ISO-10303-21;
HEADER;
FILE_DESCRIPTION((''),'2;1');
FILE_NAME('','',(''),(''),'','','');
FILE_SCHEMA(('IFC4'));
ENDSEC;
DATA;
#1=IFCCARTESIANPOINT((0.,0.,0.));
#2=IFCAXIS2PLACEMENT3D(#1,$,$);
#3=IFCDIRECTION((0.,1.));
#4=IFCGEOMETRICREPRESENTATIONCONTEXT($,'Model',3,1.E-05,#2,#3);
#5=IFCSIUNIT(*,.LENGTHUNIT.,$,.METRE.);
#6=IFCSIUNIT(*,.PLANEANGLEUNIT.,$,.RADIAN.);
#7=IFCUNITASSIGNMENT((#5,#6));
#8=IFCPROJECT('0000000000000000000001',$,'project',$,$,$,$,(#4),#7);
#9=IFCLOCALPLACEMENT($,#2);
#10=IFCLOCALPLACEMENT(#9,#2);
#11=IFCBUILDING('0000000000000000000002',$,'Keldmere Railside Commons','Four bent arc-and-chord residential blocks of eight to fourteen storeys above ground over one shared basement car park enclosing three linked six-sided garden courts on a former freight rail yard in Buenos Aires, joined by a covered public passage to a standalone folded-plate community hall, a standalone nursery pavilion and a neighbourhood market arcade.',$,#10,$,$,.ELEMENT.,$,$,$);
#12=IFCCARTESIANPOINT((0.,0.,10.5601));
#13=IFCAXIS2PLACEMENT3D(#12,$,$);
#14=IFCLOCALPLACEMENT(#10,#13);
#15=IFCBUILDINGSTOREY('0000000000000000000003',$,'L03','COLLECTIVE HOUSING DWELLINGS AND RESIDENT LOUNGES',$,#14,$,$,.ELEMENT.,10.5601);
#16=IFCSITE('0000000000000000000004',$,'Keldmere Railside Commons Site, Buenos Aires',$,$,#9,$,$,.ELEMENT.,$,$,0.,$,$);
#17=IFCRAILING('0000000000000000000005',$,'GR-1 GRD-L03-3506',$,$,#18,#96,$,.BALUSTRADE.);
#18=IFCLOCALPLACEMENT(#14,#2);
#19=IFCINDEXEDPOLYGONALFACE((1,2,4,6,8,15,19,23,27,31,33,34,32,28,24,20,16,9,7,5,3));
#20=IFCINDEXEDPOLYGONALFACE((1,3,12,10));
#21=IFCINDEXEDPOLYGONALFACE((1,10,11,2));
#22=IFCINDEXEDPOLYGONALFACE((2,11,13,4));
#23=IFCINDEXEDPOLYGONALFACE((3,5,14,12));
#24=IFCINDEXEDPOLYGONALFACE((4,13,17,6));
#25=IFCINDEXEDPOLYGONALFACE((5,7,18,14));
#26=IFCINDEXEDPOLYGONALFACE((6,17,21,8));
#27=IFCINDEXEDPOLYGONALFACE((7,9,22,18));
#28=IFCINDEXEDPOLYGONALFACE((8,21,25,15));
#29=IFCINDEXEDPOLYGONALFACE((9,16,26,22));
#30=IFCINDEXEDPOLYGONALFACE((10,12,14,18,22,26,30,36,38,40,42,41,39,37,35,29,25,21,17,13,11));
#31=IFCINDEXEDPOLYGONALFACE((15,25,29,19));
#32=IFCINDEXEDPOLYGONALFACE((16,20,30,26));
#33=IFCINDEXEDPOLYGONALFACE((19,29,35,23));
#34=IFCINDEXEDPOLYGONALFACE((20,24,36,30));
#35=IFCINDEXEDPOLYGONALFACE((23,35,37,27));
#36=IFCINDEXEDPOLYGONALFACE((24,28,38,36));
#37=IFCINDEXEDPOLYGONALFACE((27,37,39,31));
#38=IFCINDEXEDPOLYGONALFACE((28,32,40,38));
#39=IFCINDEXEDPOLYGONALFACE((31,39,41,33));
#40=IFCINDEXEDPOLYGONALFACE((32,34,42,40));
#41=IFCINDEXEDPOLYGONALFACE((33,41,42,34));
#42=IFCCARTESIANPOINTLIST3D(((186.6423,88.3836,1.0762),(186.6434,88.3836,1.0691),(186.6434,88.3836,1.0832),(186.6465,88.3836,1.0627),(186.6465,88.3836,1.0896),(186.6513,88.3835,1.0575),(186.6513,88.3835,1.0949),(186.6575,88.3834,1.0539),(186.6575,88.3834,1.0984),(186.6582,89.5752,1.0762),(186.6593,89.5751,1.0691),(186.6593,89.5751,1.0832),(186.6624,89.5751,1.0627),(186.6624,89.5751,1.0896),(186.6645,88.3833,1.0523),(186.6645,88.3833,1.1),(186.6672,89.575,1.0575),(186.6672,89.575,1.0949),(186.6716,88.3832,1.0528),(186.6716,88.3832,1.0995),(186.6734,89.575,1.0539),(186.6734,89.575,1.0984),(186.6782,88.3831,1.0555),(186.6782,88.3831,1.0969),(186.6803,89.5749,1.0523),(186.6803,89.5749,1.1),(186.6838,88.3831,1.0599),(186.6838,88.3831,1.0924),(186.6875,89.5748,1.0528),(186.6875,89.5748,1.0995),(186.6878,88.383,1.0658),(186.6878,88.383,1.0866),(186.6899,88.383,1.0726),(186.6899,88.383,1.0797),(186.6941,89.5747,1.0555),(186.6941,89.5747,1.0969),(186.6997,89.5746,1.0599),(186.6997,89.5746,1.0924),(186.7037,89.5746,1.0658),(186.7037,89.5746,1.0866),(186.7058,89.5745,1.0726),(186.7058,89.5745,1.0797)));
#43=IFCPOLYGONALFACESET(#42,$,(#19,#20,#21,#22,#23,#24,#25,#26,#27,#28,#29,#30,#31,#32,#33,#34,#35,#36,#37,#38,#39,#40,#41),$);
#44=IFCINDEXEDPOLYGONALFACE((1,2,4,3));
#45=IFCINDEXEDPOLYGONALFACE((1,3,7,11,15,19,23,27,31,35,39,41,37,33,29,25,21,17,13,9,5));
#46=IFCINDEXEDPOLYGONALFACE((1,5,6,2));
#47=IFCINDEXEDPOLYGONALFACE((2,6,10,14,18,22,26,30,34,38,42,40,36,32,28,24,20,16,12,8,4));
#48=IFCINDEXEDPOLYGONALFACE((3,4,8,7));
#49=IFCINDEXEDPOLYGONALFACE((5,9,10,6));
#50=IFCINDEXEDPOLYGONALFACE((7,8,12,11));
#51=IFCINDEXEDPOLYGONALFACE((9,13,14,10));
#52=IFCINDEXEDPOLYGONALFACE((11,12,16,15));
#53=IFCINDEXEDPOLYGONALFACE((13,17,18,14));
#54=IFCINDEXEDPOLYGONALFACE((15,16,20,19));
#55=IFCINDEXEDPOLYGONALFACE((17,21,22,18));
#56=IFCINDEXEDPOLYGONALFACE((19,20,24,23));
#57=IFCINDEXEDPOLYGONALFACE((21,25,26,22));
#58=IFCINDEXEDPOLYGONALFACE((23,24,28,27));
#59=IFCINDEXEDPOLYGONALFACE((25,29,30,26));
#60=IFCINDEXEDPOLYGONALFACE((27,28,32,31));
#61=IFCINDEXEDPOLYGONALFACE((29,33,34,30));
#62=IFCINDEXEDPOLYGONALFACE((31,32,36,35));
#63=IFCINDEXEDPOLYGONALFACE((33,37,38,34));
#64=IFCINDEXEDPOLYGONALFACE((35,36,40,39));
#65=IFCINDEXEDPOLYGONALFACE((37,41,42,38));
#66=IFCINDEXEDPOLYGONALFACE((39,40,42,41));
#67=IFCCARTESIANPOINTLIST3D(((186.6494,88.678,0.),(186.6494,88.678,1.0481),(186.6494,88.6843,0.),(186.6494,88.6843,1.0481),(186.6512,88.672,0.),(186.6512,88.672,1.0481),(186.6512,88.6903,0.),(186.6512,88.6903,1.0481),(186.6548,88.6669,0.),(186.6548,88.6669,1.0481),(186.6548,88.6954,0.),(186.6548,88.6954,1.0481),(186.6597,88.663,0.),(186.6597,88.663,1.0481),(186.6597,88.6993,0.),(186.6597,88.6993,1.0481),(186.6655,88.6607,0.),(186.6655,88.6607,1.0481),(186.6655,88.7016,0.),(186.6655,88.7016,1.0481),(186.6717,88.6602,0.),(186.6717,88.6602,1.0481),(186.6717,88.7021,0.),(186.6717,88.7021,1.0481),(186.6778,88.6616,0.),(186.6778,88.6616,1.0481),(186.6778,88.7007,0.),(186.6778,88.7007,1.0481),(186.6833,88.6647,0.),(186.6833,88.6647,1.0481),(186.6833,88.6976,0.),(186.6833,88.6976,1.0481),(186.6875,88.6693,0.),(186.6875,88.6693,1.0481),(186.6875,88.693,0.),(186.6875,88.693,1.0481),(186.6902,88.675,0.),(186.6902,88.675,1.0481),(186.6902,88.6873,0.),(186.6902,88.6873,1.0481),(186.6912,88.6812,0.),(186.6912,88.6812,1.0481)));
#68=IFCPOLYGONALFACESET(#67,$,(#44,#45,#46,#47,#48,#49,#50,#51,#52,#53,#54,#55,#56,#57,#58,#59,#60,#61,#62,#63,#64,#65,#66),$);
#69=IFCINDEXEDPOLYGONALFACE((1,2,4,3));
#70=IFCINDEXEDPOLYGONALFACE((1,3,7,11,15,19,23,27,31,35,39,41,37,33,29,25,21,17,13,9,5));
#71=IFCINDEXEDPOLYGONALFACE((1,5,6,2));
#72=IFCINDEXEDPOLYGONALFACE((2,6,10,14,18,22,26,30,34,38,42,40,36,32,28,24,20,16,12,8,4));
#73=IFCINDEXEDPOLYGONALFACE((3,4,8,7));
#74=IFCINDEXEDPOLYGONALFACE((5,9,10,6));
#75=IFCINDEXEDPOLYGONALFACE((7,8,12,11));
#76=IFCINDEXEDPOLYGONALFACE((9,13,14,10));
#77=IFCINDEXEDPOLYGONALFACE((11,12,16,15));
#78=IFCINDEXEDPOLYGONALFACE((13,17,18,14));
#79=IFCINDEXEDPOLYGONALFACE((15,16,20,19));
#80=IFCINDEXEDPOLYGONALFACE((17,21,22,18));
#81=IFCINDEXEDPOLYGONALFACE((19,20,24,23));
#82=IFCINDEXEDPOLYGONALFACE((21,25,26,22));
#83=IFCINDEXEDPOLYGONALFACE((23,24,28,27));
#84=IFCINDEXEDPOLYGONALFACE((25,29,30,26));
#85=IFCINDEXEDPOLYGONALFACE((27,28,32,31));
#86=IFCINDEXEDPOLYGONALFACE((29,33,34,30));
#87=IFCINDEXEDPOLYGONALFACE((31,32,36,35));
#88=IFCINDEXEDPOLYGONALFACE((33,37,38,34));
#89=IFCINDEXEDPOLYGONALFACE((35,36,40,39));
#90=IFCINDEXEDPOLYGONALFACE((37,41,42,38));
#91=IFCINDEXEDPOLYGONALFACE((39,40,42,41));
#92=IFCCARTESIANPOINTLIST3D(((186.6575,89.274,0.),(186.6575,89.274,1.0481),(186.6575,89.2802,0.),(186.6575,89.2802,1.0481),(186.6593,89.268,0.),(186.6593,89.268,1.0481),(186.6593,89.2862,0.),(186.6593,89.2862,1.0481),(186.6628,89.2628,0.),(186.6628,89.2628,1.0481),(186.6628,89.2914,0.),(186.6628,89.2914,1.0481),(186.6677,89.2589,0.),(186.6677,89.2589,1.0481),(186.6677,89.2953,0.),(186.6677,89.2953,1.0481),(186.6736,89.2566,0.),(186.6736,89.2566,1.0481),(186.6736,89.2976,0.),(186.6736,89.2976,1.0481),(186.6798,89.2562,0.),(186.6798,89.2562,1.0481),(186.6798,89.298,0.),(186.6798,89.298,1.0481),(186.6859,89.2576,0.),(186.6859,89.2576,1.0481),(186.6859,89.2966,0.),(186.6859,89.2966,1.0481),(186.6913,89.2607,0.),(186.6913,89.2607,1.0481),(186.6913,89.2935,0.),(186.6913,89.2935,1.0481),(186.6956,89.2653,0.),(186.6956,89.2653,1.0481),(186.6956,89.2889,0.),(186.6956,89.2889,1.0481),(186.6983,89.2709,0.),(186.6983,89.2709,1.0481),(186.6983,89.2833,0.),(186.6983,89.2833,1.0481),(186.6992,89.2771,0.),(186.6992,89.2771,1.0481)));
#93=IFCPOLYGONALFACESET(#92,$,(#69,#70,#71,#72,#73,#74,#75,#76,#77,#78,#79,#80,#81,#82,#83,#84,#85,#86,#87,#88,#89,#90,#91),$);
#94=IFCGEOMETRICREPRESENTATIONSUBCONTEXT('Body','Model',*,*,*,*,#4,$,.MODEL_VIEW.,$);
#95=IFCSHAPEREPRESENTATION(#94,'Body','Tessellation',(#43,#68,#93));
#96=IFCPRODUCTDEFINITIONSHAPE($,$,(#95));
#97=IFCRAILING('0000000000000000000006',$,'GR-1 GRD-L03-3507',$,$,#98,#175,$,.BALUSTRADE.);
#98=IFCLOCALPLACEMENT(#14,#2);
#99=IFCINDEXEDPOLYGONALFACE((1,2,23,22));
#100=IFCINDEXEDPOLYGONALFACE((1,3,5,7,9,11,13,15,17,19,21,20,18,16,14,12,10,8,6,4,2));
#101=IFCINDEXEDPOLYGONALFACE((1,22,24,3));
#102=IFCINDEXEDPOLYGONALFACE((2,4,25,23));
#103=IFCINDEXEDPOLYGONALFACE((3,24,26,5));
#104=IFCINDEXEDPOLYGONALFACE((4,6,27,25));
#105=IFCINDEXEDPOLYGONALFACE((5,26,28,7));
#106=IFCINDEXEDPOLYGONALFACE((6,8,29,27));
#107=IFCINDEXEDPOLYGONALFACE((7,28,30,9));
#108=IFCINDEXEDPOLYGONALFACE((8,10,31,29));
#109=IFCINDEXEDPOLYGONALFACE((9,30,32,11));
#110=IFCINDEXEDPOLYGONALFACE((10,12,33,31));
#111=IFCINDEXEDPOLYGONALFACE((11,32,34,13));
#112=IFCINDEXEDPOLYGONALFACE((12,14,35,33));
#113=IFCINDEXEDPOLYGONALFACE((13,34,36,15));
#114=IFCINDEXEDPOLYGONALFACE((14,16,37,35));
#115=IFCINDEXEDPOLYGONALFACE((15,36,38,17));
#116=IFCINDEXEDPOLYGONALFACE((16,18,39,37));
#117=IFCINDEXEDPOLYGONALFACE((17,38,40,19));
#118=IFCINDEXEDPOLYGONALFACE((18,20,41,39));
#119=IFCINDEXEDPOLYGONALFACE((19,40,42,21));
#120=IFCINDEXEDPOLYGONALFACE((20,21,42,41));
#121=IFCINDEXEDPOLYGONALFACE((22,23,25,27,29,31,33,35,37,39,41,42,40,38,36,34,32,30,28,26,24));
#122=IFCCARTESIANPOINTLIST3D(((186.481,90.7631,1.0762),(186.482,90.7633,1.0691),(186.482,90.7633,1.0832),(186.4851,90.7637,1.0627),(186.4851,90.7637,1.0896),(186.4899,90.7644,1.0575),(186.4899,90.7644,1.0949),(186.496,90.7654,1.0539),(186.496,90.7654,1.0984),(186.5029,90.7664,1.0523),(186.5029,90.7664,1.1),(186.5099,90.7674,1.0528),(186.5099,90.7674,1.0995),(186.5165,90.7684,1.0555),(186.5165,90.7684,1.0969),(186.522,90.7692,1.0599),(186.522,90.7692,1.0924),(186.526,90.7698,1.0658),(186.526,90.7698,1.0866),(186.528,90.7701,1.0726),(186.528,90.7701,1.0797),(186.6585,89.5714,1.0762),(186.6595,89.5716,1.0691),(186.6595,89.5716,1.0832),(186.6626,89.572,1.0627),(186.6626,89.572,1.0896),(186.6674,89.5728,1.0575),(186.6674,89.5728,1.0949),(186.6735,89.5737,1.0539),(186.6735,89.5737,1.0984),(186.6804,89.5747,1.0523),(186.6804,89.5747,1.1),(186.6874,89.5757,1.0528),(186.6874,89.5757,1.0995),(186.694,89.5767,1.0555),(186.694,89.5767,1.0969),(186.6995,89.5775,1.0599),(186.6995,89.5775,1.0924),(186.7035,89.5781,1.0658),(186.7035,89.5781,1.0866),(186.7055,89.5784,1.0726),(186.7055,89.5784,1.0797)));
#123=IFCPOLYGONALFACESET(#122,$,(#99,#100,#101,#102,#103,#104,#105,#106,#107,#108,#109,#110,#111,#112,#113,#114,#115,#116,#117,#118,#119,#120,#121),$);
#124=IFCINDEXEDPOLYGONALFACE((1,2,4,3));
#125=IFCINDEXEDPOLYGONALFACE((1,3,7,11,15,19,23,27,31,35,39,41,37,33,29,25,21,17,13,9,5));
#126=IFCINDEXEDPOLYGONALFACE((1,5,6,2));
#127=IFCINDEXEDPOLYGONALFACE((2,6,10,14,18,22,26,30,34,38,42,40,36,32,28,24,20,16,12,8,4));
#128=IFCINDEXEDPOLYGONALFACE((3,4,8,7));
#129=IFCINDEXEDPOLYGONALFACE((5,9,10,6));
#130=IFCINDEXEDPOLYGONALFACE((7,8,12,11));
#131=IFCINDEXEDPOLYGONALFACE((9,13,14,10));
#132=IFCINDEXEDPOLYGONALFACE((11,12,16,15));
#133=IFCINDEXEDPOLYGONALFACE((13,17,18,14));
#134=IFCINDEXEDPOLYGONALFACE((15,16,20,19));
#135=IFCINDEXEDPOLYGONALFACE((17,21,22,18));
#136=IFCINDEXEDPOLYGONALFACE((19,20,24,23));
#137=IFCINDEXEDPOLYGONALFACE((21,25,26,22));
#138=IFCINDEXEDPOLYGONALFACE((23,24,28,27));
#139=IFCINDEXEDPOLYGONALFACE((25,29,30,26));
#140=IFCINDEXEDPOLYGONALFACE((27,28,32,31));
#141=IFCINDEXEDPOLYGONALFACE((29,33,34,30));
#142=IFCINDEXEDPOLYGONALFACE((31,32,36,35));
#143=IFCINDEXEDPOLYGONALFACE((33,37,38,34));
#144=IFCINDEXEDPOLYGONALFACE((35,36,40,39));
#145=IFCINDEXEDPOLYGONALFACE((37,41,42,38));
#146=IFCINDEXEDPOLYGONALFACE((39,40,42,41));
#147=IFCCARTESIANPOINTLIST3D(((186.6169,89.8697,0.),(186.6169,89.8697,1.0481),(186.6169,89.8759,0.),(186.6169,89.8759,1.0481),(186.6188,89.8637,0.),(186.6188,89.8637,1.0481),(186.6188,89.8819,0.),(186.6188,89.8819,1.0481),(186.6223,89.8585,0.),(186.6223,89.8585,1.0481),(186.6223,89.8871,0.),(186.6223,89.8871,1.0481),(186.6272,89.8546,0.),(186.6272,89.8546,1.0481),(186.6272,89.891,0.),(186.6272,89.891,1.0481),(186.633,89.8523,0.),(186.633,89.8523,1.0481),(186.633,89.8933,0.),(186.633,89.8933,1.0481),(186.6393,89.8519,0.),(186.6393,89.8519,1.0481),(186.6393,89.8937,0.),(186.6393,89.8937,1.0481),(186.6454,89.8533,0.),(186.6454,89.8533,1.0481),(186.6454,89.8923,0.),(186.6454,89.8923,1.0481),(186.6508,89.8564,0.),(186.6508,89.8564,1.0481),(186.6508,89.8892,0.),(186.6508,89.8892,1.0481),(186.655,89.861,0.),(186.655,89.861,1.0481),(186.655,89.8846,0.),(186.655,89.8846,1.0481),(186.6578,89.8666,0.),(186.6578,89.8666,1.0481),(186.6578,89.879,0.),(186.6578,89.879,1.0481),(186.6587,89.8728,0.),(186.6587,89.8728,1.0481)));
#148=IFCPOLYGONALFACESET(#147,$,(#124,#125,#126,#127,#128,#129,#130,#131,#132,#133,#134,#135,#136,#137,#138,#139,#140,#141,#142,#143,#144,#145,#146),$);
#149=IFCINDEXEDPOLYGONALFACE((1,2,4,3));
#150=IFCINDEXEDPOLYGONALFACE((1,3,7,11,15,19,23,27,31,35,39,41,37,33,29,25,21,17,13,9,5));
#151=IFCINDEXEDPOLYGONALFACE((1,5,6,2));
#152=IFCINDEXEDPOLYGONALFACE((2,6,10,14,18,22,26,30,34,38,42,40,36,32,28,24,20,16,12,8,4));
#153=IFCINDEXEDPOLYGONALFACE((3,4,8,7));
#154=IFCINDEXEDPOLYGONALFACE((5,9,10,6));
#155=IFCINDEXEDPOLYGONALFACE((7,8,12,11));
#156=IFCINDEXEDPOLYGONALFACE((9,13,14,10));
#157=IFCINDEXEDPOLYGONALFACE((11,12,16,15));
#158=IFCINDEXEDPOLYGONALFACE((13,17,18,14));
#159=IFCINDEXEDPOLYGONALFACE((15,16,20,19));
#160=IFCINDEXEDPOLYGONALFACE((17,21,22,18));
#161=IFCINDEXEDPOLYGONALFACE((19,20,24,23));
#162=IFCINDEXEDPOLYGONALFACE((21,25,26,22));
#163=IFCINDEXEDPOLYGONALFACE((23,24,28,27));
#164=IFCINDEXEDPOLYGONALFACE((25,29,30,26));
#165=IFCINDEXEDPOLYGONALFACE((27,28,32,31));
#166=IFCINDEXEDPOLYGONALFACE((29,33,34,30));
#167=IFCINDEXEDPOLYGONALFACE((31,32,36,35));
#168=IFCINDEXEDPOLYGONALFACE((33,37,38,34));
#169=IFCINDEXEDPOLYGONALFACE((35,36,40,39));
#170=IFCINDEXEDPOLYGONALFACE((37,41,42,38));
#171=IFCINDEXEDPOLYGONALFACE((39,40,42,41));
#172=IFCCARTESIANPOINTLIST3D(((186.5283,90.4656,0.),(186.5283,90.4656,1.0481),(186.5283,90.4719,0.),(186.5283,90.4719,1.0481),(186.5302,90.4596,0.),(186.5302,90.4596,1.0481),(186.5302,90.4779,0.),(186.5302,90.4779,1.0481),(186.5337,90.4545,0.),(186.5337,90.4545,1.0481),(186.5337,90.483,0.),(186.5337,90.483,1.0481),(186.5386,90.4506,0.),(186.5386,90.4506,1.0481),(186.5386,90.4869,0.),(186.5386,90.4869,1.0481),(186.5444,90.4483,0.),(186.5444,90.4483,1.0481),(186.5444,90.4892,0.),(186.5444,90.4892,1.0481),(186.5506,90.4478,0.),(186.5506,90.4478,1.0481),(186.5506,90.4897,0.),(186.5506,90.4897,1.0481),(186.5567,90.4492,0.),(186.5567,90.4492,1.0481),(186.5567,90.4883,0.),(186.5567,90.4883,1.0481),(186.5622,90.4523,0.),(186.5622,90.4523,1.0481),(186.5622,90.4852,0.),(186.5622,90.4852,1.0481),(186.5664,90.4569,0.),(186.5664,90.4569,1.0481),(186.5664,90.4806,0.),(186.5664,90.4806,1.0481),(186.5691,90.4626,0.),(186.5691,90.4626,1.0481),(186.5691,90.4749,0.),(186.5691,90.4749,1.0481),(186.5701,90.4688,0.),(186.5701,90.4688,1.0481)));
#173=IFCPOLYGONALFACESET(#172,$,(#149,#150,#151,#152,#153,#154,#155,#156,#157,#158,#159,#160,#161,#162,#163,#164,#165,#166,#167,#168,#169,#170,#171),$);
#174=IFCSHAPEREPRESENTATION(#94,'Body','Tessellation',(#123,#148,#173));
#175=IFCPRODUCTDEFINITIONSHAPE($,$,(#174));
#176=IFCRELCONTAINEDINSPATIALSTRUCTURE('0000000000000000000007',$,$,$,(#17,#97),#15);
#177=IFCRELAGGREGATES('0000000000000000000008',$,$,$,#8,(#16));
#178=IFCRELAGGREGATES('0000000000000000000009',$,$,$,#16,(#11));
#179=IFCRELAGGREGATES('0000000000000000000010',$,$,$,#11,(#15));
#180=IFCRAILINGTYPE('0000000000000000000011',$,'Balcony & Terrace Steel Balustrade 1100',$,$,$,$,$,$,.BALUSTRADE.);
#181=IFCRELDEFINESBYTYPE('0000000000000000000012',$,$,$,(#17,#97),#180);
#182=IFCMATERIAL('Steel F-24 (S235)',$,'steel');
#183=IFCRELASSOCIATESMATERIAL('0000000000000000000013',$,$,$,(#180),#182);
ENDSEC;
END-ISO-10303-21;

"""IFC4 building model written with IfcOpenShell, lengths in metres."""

from ifc_helpers import new_model, si_unit, direction, frame, origin, origin_2d, place, context, subcontext, project, spatial, circle, extrude, material, type_object, element, save


model = new_model("IFC4")

# Units and contexts
model_context = context("Model", 3, precision=1e-05, world=origin(), true_north=direction((0.0, 1.0)))
body_context = subcontext(model_context, "Body", "Model", "MODEL_VIEW")
ifc_project = project(units=[si_unit("LENGTHUNIT", "METRE"), si_unit("PLANEANGLEUNIT", "RADIAN")], contexts=[model_context])

# Site, building, storey
site_placement = place(None, origin())
site = spatial("IfcSite", under=ifc_project, at=site_placement, Name="Keldmere Railside Commons Site, Buenos Aires", CompositionType="ELEMENT", RefElevation=0.0)
building_placement = place(site_placement, origin())
building = spatial("IfcBuilding", under=site, at=building_placement, Name="Keldmere Railside Commons", Description="Four bent arc-and-chord residential blocks of eight to fourteen storeys above ground over one shared basement car park enclosing three linked six-sided garden courts on a former freight rail yard in Buenos Aires, joined by a covered public passage to a standalone folded-plate community hall, a standalone nursery pavilion and a neighbourhood market arcade.", CompositionType="ELEMENT")
storey_placement = place(building_placement, frame((0.0, 0.0, 10.5601)))
storey = spatial("IfcBuildingStorey", under=building, at=storey_placement, Name="L03", Description="COLLECTIVE HOUSING DWELLINGS AND RESIDENT LOUNGES", CompositionType="ELEMENT", Elevation=10.5601)

# Railings
ifc_material_1 = material(Name="Steel F-24 (S235)", Category="steel")
railing_type = type_object("IfcRailingType", Name="Balcony & Terrace Steel Balustrade 1100", PredefinedType="BALUSTRADE", material=ifc_material_1)
railing_1_placement = place(storey_placement, frame((186.6663, 88.3833, 0.0)))
element("IfcRailing", 1, at=railing_1_placement, inside=storey, type_object=railing_type, Name="GR-1 GRD-L03-3506", PredefinedType="BALUSTRADE", context=body_context, shape_type="SweptSolid", body=[
    extrude(circle(Radius=0.0239, at=origin_2d()), frame((0.0, 0.0, 1.0762), z_axis=(0.013316, 0.999911, 0.0), x_axis=(-0.999911, 0.013316, 0.0)), (0.0, 0.0, 1.0), 1.1917),
    extrude(circle(Radius=0.021, at=origin_2d()), frame((0.0039, 0.2979, 0.0)), (0.0, 0.0, 1.0), 1.0481),
    extrude(circle(Radius=0.021, at=origin_2d()), frame((0.012, 0.8938, 0.0)), (0.0, 0.0, 1.0), 1.0481),
])
railing_2_placement = place(storey_placement, frame((186.6821, 89.575, 0.0)))
element("IfcRailing", 2, at=railing_2_placement, inside=storey, type_object=railing_type, Name="GR-1 GRD-L03-3507", PredefinedType="BALUSTRADE", context=body_context, shape_type="SweptSolid", body=[
    extrude(circle(Radius=0.0239, at=origin_2d()), frame((0.0, 0.0, 1.0762), z_axis=(-0.14732, 0.989089, 0.0), x_axis=(-0.989089, -0.14732, 0.0)), (0.0, 0.0, 1.0), 1.2048),
    extrude(circle(Radius=0.021, at=origin_2d()), frame((-0.0444, 0.2979, 0.0)), (0.0, 0.0, 1.0), 1.0481),
    extrude(circle(Radius=0.021, at=origin_2d()), frame((-0.1331, 0.8938, 0.0)), (0.0, 0.0, 1.0), 1.0481),
])

save(model, "model.ifc")
